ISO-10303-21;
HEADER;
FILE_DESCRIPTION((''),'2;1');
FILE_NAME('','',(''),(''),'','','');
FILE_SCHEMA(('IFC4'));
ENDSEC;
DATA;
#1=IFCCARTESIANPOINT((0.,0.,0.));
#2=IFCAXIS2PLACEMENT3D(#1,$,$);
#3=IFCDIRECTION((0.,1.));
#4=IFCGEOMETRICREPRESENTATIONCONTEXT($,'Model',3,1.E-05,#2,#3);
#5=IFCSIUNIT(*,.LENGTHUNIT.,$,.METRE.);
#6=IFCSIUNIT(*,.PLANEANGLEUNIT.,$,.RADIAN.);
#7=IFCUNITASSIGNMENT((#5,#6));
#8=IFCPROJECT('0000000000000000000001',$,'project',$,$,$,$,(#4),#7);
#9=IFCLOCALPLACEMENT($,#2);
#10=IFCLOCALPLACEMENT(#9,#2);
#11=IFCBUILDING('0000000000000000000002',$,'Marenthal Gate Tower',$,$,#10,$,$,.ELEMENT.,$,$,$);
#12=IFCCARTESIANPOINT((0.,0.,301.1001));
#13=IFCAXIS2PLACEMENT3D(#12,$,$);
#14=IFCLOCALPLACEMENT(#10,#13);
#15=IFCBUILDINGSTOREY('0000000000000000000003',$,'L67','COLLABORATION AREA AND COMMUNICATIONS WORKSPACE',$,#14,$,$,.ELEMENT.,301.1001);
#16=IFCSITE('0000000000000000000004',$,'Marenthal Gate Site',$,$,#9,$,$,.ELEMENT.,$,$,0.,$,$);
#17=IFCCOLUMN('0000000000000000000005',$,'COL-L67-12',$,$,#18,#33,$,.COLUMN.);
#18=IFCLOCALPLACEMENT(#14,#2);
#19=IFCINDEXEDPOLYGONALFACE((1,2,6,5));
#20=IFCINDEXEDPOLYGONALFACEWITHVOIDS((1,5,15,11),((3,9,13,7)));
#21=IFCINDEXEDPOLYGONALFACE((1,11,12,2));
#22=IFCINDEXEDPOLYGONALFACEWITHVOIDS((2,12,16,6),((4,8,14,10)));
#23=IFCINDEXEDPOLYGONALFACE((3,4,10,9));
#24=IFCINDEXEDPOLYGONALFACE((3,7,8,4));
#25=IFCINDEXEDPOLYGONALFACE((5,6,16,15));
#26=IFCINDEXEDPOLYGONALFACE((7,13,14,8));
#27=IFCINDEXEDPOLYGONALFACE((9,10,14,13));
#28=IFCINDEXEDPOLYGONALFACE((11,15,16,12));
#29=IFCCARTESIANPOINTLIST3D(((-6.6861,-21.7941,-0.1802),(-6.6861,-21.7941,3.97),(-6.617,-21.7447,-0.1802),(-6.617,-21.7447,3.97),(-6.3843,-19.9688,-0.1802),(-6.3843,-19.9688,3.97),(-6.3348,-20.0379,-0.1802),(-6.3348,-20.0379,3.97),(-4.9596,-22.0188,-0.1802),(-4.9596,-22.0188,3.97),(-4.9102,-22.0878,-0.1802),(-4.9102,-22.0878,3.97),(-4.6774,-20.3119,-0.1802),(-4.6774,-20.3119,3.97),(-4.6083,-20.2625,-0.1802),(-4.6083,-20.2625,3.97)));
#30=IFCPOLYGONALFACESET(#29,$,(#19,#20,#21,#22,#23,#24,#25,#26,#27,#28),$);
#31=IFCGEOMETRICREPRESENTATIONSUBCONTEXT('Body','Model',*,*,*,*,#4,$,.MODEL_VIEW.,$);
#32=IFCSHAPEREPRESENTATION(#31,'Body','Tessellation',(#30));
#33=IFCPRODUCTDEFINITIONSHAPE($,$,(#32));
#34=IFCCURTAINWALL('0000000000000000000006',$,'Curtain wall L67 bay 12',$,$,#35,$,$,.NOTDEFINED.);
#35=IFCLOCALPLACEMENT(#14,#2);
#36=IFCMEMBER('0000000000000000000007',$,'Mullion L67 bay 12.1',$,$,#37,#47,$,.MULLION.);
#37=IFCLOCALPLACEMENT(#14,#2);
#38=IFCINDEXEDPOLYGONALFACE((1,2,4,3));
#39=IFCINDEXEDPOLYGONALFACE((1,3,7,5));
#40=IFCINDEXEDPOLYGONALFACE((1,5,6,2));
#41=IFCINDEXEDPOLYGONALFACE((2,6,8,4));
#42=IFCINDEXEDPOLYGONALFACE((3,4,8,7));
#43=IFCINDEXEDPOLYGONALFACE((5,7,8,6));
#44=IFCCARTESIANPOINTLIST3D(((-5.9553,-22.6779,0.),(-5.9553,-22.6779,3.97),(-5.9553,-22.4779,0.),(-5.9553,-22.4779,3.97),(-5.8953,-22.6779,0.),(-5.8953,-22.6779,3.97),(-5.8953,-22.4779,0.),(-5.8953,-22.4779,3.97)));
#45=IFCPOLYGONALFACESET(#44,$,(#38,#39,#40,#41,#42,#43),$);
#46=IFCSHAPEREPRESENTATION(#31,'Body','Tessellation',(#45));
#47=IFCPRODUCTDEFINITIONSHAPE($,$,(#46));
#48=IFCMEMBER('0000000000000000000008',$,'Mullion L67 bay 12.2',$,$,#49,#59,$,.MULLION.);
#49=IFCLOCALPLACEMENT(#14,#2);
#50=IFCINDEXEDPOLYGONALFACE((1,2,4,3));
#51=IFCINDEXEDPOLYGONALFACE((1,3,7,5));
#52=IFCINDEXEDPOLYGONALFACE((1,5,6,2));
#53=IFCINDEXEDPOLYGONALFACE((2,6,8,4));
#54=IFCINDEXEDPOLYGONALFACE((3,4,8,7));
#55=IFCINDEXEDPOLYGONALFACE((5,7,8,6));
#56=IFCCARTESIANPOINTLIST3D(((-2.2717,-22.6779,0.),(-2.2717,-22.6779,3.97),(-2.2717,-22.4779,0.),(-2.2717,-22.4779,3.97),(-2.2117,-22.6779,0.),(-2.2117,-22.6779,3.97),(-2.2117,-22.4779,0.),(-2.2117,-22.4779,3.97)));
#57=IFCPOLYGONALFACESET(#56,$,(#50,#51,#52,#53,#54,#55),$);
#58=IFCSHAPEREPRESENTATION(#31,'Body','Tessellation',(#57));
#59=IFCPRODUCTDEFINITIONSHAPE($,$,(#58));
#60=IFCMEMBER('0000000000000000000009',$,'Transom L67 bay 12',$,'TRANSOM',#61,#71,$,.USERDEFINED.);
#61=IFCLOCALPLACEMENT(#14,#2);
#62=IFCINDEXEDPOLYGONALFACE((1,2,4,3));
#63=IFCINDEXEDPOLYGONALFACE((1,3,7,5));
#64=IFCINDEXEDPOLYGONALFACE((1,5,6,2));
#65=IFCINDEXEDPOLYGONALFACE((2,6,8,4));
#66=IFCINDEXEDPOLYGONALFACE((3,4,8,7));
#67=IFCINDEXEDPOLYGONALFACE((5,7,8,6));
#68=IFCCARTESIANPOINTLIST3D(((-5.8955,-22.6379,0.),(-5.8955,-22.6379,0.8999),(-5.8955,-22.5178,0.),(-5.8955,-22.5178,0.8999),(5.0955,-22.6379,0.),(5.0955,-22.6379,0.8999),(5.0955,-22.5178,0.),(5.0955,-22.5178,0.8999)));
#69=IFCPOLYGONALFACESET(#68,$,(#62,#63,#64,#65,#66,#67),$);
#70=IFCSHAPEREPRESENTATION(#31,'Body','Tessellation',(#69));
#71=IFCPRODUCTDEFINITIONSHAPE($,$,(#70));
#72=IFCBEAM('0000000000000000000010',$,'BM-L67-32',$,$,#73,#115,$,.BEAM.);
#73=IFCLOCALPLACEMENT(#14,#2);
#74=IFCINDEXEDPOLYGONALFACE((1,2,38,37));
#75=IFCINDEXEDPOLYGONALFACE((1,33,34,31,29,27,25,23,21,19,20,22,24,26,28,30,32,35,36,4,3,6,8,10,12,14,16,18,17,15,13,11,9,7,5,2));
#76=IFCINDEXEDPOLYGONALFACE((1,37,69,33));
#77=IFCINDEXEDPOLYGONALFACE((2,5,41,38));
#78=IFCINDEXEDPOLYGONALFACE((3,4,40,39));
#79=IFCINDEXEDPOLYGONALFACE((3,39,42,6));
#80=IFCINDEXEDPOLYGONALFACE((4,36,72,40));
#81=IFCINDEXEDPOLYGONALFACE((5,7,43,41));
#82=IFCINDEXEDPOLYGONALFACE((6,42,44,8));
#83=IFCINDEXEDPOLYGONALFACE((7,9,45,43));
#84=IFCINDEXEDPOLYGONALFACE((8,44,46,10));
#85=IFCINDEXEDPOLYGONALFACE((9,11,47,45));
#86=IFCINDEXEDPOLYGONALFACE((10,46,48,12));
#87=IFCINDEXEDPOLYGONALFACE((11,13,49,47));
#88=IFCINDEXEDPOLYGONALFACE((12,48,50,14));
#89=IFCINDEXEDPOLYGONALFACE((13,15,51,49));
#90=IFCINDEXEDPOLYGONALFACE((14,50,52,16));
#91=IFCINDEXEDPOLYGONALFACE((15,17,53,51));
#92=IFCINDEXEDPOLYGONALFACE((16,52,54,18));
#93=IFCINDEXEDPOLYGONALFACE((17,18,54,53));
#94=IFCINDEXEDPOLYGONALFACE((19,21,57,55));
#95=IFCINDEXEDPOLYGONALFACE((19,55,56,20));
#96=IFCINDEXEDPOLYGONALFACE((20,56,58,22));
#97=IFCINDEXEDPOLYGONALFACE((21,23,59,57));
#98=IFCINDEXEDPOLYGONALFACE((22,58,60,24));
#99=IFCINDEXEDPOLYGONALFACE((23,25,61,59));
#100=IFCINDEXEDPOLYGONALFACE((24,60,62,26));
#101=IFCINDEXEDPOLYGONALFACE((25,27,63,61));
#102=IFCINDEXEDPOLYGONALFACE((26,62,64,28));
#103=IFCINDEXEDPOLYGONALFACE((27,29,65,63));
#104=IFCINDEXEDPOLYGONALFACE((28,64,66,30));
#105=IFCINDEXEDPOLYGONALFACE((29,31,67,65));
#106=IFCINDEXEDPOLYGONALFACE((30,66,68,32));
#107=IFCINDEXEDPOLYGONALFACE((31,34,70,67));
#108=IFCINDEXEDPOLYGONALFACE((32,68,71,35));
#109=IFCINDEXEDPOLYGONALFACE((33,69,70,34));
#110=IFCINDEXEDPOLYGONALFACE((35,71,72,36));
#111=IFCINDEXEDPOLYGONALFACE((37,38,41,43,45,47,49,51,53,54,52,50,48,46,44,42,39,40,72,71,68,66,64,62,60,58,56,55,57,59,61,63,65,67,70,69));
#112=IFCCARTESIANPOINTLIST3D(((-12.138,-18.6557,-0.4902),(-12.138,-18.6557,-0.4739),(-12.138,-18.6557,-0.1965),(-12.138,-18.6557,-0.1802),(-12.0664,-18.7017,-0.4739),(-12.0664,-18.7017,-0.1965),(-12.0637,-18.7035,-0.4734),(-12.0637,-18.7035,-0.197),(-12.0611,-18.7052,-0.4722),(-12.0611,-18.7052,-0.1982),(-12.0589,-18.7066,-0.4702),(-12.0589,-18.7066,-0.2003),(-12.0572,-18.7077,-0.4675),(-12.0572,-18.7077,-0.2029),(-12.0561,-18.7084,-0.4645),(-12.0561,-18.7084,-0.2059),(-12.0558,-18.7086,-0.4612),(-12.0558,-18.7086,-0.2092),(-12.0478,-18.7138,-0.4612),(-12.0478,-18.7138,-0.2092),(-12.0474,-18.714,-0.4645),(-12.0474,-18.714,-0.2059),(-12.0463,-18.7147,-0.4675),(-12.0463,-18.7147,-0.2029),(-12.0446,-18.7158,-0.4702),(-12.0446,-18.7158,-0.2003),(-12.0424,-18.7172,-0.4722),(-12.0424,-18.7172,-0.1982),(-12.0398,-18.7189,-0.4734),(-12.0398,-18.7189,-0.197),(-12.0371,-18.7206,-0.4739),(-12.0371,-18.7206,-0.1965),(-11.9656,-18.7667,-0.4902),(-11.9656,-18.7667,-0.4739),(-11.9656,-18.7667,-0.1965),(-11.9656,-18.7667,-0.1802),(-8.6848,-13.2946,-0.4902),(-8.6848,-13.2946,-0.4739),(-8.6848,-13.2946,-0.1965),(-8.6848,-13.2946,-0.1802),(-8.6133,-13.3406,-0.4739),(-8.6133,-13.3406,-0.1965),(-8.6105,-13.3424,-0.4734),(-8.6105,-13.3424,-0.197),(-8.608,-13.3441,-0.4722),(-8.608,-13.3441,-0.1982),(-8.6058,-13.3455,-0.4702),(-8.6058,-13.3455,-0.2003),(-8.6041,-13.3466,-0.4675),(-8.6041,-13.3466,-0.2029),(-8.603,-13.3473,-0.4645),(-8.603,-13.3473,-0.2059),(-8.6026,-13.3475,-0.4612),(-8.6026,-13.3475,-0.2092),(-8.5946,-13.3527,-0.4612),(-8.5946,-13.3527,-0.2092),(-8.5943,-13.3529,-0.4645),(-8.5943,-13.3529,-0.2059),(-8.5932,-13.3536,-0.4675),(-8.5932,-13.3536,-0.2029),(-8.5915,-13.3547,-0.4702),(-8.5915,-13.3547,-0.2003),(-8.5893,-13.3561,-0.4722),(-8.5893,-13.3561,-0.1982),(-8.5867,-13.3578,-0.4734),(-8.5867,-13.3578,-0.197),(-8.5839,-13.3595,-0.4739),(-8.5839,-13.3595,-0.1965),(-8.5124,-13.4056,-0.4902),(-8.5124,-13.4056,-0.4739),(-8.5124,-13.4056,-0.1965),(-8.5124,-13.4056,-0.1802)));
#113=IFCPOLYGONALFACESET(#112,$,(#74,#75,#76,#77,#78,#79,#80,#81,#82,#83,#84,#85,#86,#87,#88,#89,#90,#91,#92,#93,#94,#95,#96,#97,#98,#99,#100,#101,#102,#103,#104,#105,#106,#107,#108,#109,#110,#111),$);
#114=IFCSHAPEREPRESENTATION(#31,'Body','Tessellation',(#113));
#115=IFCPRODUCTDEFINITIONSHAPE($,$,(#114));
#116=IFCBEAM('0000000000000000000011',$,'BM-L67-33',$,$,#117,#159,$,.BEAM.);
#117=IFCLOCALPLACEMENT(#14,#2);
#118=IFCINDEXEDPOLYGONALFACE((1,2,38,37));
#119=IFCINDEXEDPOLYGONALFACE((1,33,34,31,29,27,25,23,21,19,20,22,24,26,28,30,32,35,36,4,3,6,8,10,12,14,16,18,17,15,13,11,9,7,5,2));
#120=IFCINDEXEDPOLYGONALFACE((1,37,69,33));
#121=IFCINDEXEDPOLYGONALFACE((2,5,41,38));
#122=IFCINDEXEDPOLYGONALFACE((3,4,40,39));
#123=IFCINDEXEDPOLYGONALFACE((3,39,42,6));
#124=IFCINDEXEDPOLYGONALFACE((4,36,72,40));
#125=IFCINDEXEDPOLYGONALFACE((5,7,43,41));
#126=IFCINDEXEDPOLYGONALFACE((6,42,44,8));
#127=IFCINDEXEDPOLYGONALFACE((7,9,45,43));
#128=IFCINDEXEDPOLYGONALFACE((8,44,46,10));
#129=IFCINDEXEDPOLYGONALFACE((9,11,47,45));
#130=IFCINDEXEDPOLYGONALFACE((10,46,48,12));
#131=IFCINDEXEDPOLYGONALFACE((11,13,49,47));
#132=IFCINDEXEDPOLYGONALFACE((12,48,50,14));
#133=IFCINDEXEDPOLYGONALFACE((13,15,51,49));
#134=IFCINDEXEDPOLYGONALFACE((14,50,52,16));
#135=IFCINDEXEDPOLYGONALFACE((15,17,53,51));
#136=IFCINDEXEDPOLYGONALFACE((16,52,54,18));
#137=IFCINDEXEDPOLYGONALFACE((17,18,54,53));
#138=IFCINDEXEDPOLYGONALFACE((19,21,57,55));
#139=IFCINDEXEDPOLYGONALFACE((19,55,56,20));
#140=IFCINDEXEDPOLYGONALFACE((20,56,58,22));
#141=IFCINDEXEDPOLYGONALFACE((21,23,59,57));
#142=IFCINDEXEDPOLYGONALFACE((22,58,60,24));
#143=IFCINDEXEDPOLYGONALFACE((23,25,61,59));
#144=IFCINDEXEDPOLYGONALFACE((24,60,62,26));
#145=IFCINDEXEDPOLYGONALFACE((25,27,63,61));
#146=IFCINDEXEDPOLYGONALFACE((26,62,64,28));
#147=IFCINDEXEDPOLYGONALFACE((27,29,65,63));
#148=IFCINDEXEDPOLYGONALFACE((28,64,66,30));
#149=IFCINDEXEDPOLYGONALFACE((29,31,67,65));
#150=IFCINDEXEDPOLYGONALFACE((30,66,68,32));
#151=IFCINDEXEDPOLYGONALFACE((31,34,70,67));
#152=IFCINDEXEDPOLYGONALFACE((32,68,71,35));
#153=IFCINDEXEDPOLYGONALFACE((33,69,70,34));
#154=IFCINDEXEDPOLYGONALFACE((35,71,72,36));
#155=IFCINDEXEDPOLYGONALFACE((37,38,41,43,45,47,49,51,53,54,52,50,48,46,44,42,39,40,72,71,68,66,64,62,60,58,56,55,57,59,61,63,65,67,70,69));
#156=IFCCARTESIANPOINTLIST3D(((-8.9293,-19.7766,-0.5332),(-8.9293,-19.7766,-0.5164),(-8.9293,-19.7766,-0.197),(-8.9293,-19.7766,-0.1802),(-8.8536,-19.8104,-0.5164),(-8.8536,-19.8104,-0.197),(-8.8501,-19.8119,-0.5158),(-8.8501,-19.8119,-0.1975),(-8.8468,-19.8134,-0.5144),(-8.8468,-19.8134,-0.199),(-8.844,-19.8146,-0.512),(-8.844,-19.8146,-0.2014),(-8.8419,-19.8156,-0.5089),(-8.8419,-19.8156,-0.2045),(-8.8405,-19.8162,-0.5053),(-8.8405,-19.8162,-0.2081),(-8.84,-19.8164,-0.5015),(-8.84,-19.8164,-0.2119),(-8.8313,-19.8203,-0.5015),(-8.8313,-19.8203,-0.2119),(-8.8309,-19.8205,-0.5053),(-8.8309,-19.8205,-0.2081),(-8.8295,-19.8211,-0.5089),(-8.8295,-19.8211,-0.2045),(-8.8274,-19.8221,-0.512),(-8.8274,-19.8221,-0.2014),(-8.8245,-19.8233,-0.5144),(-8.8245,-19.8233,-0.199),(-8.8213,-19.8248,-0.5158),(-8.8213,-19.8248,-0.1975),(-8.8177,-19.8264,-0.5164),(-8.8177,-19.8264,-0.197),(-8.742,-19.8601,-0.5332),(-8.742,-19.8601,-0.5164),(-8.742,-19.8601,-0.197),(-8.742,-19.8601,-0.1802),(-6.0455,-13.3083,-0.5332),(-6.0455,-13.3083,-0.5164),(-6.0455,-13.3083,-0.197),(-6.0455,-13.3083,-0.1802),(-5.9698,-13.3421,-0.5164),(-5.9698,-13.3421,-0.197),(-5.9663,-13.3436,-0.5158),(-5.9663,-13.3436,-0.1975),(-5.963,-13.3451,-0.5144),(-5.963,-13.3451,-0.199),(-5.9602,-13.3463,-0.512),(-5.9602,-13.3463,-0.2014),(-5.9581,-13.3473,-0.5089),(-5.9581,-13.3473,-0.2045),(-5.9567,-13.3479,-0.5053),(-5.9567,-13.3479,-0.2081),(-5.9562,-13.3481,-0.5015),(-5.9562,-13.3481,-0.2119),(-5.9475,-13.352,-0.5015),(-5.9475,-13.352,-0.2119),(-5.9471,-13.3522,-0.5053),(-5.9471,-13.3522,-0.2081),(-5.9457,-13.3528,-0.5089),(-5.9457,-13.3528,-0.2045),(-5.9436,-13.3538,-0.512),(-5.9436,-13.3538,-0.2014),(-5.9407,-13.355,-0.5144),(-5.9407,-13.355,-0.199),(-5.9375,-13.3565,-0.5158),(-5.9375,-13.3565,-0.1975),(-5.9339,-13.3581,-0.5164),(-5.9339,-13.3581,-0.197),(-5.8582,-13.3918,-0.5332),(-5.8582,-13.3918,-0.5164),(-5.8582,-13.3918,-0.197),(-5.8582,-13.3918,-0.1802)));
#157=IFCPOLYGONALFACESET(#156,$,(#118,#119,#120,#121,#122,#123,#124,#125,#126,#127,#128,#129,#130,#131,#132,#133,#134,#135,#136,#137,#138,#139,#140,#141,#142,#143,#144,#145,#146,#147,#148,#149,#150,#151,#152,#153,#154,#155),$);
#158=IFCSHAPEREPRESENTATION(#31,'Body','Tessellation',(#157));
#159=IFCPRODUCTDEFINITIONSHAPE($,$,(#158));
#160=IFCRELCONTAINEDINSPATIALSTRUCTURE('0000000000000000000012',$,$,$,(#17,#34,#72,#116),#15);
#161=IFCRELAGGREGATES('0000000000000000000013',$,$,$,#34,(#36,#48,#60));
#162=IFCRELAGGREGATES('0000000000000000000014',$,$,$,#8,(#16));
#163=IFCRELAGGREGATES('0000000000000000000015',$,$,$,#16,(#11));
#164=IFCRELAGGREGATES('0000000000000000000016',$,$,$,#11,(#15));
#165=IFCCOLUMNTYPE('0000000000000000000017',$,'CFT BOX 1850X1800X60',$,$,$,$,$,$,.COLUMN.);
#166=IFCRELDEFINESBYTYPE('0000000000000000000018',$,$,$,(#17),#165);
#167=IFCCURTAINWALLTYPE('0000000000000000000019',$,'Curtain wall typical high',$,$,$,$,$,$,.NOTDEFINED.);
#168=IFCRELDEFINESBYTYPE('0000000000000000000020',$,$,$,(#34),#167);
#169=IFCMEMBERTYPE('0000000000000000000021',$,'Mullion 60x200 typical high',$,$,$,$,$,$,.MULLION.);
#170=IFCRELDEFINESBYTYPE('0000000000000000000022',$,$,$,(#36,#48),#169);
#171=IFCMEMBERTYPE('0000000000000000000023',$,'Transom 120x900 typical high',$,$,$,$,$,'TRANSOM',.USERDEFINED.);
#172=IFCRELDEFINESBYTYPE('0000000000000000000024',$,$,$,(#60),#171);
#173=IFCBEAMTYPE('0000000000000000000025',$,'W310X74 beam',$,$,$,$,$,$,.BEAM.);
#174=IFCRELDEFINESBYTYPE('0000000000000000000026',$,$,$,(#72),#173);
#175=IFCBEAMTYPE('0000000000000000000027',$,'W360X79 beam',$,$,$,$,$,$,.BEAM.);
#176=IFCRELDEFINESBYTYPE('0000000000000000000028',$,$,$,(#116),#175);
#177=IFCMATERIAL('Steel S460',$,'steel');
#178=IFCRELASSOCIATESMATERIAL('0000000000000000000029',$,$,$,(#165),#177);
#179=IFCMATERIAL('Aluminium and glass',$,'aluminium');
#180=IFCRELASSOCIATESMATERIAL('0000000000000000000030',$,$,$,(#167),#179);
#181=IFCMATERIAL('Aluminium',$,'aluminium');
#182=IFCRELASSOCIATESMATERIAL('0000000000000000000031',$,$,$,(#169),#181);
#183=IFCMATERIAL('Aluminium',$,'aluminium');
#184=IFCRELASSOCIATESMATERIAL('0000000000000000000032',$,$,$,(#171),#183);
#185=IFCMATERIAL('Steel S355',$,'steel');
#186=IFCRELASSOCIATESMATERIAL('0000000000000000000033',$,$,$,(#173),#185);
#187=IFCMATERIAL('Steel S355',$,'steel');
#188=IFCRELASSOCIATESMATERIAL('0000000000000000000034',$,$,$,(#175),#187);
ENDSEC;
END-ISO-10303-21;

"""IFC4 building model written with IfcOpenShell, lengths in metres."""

from ifc_helpers import new_model, si_unit, direction, frame, origin, origin_2d, place, context, subcontext, project, spatial, rectangle, hollow_rectangle, i_section, extrude, material, material_profile, profile_set, type_object, element, aggregate, save


model = new_model("IFC4")

# Units and contexts
model_context = context("Model", 3, precision=1e-05, world=origin(), true_north=direction((0.0, 1.0)))
body_context = subcontext(model_context, "Body", "Model", "MODEL_VIEW")
ifc_project = project(units=[si_unit("LENGTHUNIT", "METRE"), si_unit("PLANEANGLEUNIT", "RADIAN")], contexts=[model_context])

# Site, building, storey
site_placement = place(None, origin())
site = spatial("IfcSite", under=ifc_project, at=site_placement, Name="Marenthal Gate Site", CompositionType="ELEMENT", RefElevation=0.0)
building_placement = place(site_placement, origin())
building = spatial("IfcBuilding", under=site, at=building_placement, Name="Marenthal Gate Tower", CompositionType="ELEMENT")
storey_placement = place(building_placement, frame((0.0, 0.0, 301.1001)))
storey = spatial("IfcBuildingStorey", under=building, at=storey_placement, Name="L67", Description="COLLABORATION AREA AND COMMUNICATIONS WORKSPACE", CompositionType="ELEMENT", Elevation=301.1001)

# Column
ifc_material_1 = material(Name="Steel S460", Category="steel")
ifc_material_profile_1 = material_profile(ifc_material_1, hollow_rectangle(XDim=1.8, YDim=1.8501, WallThickness=0.0601, at=origin_2d()), Name="CFT BOX 1850X1800X60")
ifc_material_2 = material(Name="Concrete 70 MPa", Category="concrete")
ifc_material_profile_2 = material_profile(ifc_material_2, rectangle(XDim=1.6799, YDim=1.73, at=origin_2d()), Name="CFT BOX 1850X1800X60 INFILL")
ifc_profile_set_1 = profile_set([ifc_material_profile_1, ifc_material_profile_2], Name="Steel S460 shell, Concrete 70 MPa infill")
column_type = type_object("IfcColumnType", Name="CFT BOX 1850X1800X60", PredefinedType="COLUMN", material=ifc_profile_set_1)
column_placement = place(storey_placement, frame((-5.6472, -21.0283, -0.1802), z_axis=(0.0, 0.0, 1.0), x_axis=(-0.986603, 0.163137, 0.0)))
element("IfcColumn", 1, at=column_placement, inside=storey, type_object=column_type, Name="COL-L67-12", PredefinedType="COLUMN", context=body_context, shape_type="SweptSolid", body=[
    extrude(hollow_rectangle(XDim=1.8, YDim=1.8501, WallThickness=0.0601, at=origin_2d()), origin(), (0.0, 0.0, 1.0), 4.1501),
])

# Curtain wall, members
ifc_material_3 = material(Name="Aluminium and glass", Category="aluminium")
curtain_wall_type = type_object("IfcCurtainWallType", Name="Curtain wall typical high", PredefinedType="NOTDEFINED", material=ifc_material_3)
curtain_wall_placement = place(storey_placement, origin())
curtain_wall = element("IfcCurtainWall", 2, at=curtain_wall_placement, inside=storey, type_object=curtain_wall_type, Name="Curtain wall L67 bay 12", PredefinedType="NOTDEFINED")
ifc_material_4 = material(Name="Aluminium", Category="aluminium")
ifc_material_profile_3 = material_profile(ifc_material_4, rectangle(XDim=0.2, YDim=0.0601, at=origin_2d()), Name="60x200 aluminium mullion")
ifc_profile_set_2 = profile_set([ifc_material_profile_3], Name="Aluminium")
member_type_1 = type_object("IfcMemberType", Name="Mullion 60x200 typical high", PredefinedType="MULLION", material=ifc_profile_set_2)
member_1_placement = place(storey_placement, frame((-5.9253, -22.5779, 0.0), z_axis=(0.0, 0.0, 1.0), x_axis=(0.0, 1.0, 0.0)))
member_1 = element("IfcMember", 3, at=member_1_placement, type_object=member_type_1, Name="Mullion L67 bay 12.1", PredefinedType="MULLION", context=body_context, shape_type="SweptSolid", body=[
    extrude(rectangle(XDim=0.2, YDim=0.0601, at=origin_2d()), origin(), (0.0, 0.0, 1.0), 3.97),
])
member_2_placement = place(storey_placement, frame((-2.2417, -22.5779, 0.0), z_axis=(0.0, 0.0, 1.0), x_axis=(0.0, 1.0, 0.0)))
member_2 = element("IfcMember", 4, at=member_2_placement, type_object=member_type_1, Name="Mullion L67 bay 12.2", PredefinedType="MULLION", context=body_context, shape_type="SweptSolid", body=[
    extrude(rectangle(XDim=0.2, YDim=0.0601, at=origin_2d()), origin(), (0.0, 0.0, 1.0), 3.97),
])
ifc_material_5 = material(Name="Aluminium", Category="aluminium")
ifc_material_profile_4 = material_profile(ifc_material_5, rectangle(XDim=0.1201, YDim=0.8999, at=origin_2d()), Name="120x900 aluminium transom")
ifc_profile_set_3 = profile_set([ifc_material_profile_4], Name="Aluminium")
member_type_2 = type_object("IfcMemberType", Name="Transom 120x900 typical high", ElementType="TRANSOM", PredefinedType="USERDEFINED", material=ifc_profile_set_3)
member_3_placement = place(storey_placement, frame((-5.8955, -22.5779, 0.45), z_axis=(1.0, 0.0, 0.0), x_axis=(0.0, 1.0, 0.0)))
member_3 = element("IfcMember", 5, at=member_3_placement, type_object=member_type_2, Name="Transom L67 bay 12", ObjectType="TRANSOM", PredefinedType="USERDEFINED", context=body_context, shape_type="SweptSolid", body=[
    extrude(rectangle(XDim=0.1201, YDim=0.8999, at=origin_2d()), origin(), (0.0, 0.0, 1.0), 10.991),
])

# Beams
ifc_material_6 = material(Name="Steel S355", Category="steel")
ifc_material_profile_5 = material_profile(ifc_material_6, i_section(OverallWidth=0.2051, OverallDepth=0.3101, WebThickness=0.0095, FlangeThickness=0.0164, FilletRadius=0.0127, at=origin_2d()), Name="W310X74")
ifc_profile_set_4 = profile_set([ifc_material_profile_5], Name="Steel S355")
beam_type_1 = type_object("IfcBeamType", Name="W310X74 beam", PredefinedType="BEAM", material=ifc_profile_set_4)
beam_1_placement = place(storey_placement, frame((-12.0518, -18.7112, -0.3352), z_axis=(0.541502, 0.840699, 0.0), x_axis=(-0.840699, 0.541502, 0.0)))
element("IfcBeam", 6, at=beam_1_placement, inside=storey, type_object=beam_type_1, Name="BM-L67-32", PredefinedType="BEAM", context=body_context, shape_type="SweptSolid", body=[
    extrude(i_section(OverallWidth=0.2051, OverallDepth=0.3101, WebThickness=0.0095, FlangeThickness=0.0164, FilletRadius=0.0127, at=origin_2d()), origin(), (0.0, 0.0, 1.0), 6.377),
])
ifc_material_7 = material(Name="Steel S355", Category="steel")
ifc_material_profile_6 = material_profile(ifc_material_7, i_section(OverallWidth=0.2051, OverallDepth=0.353, WebThickness=0.0095, FlangeThickness=0.0168, FilletRadius=0.0149, at=origin_2d()), Name="W360X79")
ifc_profile_set_5 = profile_set([ifc_material_profile_6], Name="Steel S355")
beam_type_2 = type_object("IfcBeamType", Name="W360X79 beam", PredefinedType="BEAM", material=ifc_profile_set_5)
beam_2_placement = place(storey_placement, frame((-8.8357, -19.8184, -0.3567), z_axis=(0.4072, 0.913339, 0.0), x_axis=(-0.913339, 0.4072, 0.0)))
element("IfcBeam", 7, at=beam_2_placement, inside=storey, type_object=beam_type_2, Name="BM-L67-33", PredefinedType="BEAM", context=body_context, shape_type="SweptSolid", body=[
    extrude(i_section(OverallWidth=0.2051, OverallDepth=0.353, WebThickness=0.0095, FlangeThickness=0.0168, FilletRadius=0.0149, at=origin_2d()), origin(), (0.0, 0.0, 1.0), 7.082),
])

aggregate(curtain_wall, [member_1, member_2, member_3])

save(model, "model.ifc")
